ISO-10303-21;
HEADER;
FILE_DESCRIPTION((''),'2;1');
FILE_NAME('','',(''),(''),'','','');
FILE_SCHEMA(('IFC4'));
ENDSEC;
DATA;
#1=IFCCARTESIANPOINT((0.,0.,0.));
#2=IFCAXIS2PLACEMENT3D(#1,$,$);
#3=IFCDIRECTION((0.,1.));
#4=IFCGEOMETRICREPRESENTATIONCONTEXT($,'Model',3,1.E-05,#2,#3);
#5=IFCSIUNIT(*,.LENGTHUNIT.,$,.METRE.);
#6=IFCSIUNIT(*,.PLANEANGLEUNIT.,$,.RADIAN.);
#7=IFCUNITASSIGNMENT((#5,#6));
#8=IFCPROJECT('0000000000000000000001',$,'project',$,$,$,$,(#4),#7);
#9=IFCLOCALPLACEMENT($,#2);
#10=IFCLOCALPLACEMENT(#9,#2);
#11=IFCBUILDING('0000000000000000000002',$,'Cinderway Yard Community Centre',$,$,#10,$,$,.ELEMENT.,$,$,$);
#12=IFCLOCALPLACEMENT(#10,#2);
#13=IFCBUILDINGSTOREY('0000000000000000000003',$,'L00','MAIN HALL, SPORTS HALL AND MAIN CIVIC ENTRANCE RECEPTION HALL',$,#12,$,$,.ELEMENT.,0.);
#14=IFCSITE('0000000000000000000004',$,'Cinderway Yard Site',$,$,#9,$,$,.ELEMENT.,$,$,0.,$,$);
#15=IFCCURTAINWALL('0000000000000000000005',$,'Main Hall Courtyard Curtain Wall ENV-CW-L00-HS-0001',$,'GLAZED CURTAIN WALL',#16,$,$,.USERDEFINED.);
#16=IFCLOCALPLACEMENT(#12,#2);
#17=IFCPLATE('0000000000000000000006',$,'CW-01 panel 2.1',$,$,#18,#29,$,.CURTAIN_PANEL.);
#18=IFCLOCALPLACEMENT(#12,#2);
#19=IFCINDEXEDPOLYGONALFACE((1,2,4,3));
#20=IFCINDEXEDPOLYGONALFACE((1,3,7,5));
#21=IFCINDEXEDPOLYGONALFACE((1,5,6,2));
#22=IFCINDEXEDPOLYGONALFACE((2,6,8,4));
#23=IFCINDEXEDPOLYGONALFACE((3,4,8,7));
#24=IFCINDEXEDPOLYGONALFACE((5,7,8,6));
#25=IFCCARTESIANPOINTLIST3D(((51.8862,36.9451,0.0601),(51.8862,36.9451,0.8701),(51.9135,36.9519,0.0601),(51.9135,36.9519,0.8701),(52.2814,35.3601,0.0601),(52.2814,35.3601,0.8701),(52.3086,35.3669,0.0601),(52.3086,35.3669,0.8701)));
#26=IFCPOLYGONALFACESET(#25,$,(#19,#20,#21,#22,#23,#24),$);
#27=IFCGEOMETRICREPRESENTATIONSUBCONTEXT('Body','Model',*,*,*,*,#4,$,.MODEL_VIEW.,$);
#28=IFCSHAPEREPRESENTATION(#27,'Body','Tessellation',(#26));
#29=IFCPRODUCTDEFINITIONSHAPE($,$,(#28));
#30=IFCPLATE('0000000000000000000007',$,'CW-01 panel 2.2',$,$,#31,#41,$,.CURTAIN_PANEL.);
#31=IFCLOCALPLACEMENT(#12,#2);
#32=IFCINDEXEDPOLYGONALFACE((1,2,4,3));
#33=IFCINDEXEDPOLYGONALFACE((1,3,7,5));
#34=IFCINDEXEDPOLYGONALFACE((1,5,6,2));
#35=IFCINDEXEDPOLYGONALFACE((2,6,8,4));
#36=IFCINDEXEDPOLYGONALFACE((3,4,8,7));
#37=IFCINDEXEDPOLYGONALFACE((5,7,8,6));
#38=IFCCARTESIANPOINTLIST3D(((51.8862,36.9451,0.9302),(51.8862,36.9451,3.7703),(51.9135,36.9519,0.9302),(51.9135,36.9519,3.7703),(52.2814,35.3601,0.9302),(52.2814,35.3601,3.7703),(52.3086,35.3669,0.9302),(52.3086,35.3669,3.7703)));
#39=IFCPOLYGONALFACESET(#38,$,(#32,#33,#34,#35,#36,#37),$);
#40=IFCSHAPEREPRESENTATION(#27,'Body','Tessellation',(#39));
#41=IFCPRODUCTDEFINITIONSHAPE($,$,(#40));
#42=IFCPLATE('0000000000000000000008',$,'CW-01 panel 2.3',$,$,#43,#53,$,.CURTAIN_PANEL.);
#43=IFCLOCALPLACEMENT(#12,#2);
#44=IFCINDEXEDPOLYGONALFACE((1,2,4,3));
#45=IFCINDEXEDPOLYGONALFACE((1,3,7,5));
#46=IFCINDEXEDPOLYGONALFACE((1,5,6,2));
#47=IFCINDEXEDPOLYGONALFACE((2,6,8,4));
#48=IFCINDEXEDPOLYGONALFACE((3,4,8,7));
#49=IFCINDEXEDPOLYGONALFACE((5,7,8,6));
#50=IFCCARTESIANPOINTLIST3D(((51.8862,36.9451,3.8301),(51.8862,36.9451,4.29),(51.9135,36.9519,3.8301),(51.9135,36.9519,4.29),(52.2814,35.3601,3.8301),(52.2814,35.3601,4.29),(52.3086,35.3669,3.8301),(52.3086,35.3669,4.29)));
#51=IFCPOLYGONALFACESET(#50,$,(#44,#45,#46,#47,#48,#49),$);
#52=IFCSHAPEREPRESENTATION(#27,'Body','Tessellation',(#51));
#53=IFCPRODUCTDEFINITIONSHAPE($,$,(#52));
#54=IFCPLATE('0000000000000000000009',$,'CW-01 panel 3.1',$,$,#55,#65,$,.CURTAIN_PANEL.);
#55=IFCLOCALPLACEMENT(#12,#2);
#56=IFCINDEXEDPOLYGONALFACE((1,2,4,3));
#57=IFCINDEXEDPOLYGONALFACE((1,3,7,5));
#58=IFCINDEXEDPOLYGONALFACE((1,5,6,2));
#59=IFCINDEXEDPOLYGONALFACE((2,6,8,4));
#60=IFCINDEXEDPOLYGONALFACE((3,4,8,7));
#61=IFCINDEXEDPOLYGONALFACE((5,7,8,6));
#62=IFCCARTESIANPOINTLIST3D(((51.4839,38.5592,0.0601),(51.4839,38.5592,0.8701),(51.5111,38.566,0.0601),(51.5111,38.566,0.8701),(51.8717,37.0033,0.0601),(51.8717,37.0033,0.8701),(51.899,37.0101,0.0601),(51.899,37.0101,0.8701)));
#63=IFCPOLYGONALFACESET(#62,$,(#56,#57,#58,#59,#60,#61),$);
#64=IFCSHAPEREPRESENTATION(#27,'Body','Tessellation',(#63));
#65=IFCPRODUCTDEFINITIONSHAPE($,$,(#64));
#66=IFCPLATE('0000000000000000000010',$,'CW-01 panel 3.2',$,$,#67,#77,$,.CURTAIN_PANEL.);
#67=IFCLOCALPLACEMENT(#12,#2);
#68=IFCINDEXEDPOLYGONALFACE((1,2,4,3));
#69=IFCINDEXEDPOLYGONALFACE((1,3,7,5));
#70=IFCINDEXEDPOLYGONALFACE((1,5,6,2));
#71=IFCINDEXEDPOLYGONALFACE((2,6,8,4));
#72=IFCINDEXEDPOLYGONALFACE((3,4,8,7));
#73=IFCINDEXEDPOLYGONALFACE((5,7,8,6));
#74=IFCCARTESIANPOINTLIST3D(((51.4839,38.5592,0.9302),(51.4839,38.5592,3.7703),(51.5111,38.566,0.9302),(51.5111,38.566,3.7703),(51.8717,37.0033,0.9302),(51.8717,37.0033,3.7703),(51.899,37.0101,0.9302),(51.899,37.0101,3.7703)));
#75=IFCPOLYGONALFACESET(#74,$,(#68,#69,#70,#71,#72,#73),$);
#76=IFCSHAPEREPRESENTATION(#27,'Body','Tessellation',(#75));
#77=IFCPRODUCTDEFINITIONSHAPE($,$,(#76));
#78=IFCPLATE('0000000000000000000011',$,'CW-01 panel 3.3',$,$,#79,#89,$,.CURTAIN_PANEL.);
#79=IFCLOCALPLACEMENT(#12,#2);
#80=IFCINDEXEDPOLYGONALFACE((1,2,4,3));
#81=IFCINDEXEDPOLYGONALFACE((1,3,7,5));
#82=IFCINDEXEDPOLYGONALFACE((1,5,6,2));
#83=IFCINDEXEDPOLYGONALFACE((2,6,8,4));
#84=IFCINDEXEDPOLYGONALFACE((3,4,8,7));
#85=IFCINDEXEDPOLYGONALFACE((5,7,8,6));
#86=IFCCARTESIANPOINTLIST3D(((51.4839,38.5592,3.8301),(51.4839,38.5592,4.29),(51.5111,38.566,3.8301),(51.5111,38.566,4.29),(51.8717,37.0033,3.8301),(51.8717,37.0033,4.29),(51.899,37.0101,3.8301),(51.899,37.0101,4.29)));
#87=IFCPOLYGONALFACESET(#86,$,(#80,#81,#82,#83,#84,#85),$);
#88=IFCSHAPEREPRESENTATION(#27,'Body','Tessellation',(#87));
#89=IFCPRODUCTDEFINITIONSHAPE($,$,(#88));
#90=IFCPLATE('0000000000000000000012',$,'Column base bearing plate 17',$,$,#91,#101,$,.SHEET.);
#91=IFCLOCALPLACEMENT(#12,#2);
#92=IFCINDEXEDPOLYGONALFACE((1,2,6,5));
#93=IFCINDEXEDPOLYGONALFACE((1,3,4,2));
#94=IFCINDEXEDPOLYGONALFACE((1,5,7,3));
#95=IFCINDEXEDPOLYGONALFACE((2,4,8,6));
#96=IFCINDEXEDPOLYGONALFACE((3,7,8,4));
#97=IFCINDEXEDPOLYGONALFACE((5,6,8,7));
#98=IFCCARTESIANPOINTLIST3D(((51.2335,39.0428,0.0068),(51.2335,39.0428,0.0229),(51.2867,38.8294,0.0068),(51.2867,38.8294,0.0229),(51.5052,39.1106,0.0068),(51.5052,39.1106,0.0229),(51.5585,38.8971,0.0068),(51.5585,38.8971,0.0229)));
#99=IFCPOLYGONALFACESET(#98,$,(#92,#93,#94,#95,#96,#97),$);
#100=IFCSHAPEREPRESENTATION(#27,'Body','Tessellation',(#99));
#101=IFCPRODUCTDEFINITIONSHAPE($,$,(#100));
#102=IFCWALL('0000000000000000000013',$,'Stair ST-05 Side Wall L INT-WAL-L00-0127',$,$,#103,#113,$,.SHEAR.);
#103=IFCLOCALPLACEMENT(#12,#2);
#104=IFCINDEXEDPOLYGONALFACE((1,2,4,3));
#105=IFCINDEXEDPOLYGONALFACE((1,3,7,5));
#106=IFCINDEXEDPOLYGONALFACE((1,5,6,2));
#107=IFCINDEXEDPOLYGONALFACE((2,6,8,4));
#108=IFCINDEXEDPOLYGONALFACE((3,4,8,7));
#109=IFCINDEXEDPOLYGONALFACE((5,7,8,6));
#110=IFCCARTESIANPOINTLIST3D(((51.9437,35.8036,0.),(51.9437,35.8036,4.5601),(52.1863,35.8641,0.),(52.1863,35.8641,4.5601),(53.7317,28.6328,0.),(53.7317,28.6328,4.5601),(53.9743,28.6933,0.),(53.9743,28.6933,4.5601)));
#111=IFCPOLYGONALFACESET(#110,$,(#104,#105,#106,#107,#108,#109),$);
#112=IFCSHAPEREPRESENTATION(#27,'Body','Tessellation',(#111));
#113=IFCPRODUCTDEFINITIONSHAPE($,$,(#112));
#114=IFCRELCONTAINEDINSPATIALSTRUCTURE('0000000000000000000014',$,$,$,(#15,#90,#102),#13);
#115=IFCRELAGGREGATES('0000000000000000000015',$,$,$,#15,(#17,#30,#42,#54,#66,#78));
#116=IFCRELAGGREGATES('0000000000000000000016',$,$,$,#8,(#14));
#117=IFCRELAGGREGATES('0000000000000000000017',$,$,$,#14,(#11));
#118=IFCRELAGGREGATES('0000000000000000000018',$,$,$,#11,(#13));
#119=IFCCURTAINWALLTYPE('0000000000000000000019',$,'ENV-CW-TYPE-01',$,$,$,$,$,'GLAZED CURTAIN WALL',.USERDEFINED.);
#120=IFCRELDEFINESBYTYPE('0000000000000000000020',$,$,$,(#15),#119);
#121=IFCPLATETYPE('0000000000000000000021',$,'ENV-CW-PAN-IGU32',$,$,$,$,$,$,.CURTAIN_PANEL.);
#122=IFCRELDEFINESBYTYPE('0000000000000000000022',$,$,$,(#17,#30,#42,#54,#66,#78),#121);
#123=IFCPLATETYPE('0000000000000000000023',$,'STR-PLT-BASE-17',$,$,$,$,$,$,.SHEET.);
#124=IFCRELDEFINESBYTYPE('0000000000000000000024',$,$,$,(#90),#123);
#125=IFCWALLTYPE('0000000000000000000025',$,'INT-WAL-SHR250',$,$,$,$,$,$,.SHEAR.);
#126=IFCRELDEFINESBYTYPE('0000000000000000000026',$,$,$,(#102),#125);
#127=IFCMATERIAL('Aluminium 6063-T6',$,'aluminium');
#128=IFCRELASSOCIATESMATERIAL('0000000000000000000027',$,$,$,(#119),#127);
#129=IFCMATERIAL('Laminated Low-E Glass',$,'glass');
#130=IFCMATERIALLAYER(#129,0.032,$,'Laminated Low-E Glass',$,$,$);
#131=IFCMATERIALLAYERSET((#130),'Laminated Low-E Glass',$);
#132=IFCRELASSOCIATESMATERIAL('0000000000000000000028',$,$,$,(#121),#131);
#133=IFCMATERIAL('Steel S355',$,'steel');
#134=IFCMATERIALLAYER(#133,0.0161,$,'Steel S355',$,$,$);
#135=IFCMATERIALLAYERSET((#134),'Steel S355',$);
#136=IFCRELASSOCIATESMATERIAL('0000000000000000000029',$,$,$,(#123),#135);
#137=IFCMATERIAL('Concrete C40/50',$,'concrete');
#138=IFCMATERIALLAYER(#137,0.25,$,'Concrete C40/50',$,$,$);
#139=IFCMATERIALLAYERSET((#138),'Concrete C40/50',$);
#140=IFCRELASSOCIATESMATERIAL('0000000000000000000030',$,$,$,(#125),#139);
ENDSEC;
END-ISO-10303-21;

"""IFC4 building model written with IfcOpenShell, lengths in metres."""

from ifc_helpers import new_model, si_unit, direction, frame, frame_2d, origin, origin_2d, place, context, subcontext, project, spatial, rectangle, extrude, material, layer, layer_set, type_object, element, aggregate, save


model = new_model("IFC4")

# Units and contexts
model_context = context("Model", 3, precision=1e-05, world=origin(), true_north=direction((0.0, 1.0)))
body_context = subcontext(model_context, "Body", "Model", "MODEL_VIEW")
ifc_project = project(units=[si_unit("LENGTHUNIT", "METRE"), si_unit("PLANEANGLEUNIT", "RADIAN")], contexts=[model_context])

# Site, building, storey
site_placement = place(None, origin())
site = spatial("IfcSite", under=ifc_project, at=site_placement, Name="Cinderway Yard Site", CompositionType="ELEMENT", RefElevation=0.0)
building_placement = place(site_placement, origin())
building = spatial("IfcBuilding", under=site, at=building_placement, Name="Cinderway Yard Community Centre", CompositionType="ELEMENT")
storey_placement = place(building_placement, origin())
storey = spatial("IfcBuildingStorey", under=building, at=storey_placement, Name="L00", Description="MAIN HALL, SPORTS HALL AND MAIN CIVIC ENTRANCE RECEPTION HALL", CompositionType="ELEMENT", Elevation=0.0)

# Shared definitions
ifc_material_1 = material(Name="Concrete C40/50", Category="concrete")

# Curtain wall
ifc_material_2 = material(Name="Aluminium 6063-T6", Category="aluminium")
curtain_wall_type = type_object("IfcCurtainWallType", Name="ENV-CW-TYPE-01", ElementType="GLAZED CURTAIN WALL", PredefinedType="USERDEFINED", material=ifc_material_2)
curtain_wall_1_placement = place(storey_placement, origin())
curtain_wall_1 = element("IfcCurtainWall", 1, at=curtain_wall_1_placement, inside=storey, type_object=curtain_wall_type, Name="Main Hall Courtyard Curtain Wall ENV-CW-L00-HS-0001", ObjectType="GLAZED CURTAIN WALL", PredefinedType="USERDEFINED")

# Plates
ifc_material_3 = material(Name="Laminated Low-E Glass", Category="glass")
ifc_layer_1 = layer(ifc_material_3, 0.032, Name="Laminated Low-E Glass")
ifc_layer_set_1 = layer_set([ifc_layer_1], Name="Laminated Low-E Glass")
plate_type_1 = type_object("IfcPlateType", Name="ENV-CW-PAN-IGU32", PredefinedType="CURTAIN_PANEL", material=ifc_layer_set_1)
plate_1_placement = place(storey_placement, frame((52.0974, 36.156, 0.0601), z_axis=(0.0, 0.0, 1.0), x_axis=(-0.241887, 0.970304, 0.0)))
plate_1 = element("IfcPlate", 2, at=plate_1_placement, type_object=plate_type_1, Name="CW-01 panel 2.1", PredefinedType="CURTAIN_PANEL", context=body_context, shape_type="SweptSolid", body=[
    extrude(rectangle(XDim=1.6335, YDim=0.0281, at=origin_2d()), origin(), (0.0, 0.0, 1.0), 0.8101),
])
plate_2_placement = place(storey_placement, frame((52.0974, 36.156, 0.9302), z_axis=(0.0, 0.0, 1.0), x_axis=(-0.241887, 0.970304, 0.0)))
plate_2 = element("IfcPlate", 3, at=plate_2_placement, type_object=plate_type_1, Name="CW-01 panel 2.2", PredefinedType="CURTAIN_PANEL", context=body_context, shape_type="SweptSolid", body=[
    extrude(rectangle(XDim=1.6335, YDim=0.0281, at=origin_2d()), origin(), (0.0, 0.0, 1.0), 2.8401),
])
plate_3_placement = place(storey_placement, frame((52.0974, 36.156, 3.8301), z_axis=(0.0, 0.0, 1.0), x_axis=(-0.241887, 0.970304, 0.0)))
plate_3 = element("IfcPlate", 4, at=plate_3_placement, type_object=plate_type_1, Name="CW-01 panel 2.3", PredefinedType="CURTAIN_PANEL", context=body_context, shape_type="SweptSolid", body=[
    extrude(rectangle(XDim=1.6335, YDim=0.0281, at=origin_2d()), origin(), (0.0, 0.0, 1.0), 0.46),
])
plate_4_placement = place(storey_placement, frame((51.6914, 37.7847, 0.0601), z_axis=(0.0, 0.0, 1.0), x_axis=(-0.241887, 0.970304, 0.0)))
plate_4 = element("IfcPlate", 5, at=plate_4_placement, type_object=plate_type_1, Name="CW-01 panel 3.1", PredefinedType="CURTAIN_PANEL", context=body_context, shape_type="SweptSolid", body=[
    extrude(rectangle(XDim=1.6035, YDim=0.0281, at=origin_2d()), origin(), (0.0, 0.0, 1.0), 0.8101),
])
plate_5_placement = place(storey_placement, frame((51.6914, 37.7847, 0.9302), z_axis=(0.0, 0.0, 1.0), x_axis=(-0.241887, 0.970304, 0.0)))
plate_5 = element("IfcPlate", 6, at=plate_5_placement, type_object=plate_type_1, Name="CW-01 panel 3.2", PredefinedType="CURTAIN_PANEL", context=body_context, shape_type="SweptSolid", body=[
    extrude(rectangle(XDim=1.6035, YDim=0.0281, at=origin_2d()), origin(), (0.0, 0.0, 1.0), 2.8401),
])
plate_6_placement = place(storey_placement, frame((51.6914, 37.7847, 3.8301), z_axis=(0.0, 0.0, 1.0), x_axis=(-0.241887, 0.970304, 0.0)))
plate_6 = element("IfcPlate", 7, at=plate_6_placement, type_object=plate_type_1, Name="CW-01 panel 3.3", PredefinedType="CURTAIN_PANEL", context=body_context, shape_type="SweptSolid", body=[
    extrude(rectangle(XDim=1.6035, YDim=0.0281, at=origin_2d()), origin(), (0.0, 0.0, 1.0), 0.46),
])
aggregate(curtain_wall_1, [plate_1, plate_2, plate_3, plate_4, plate_5, plate_6])
ifc_material_4 = material(Name="Steel S355", Category="steel")
ifc_layer_2 = layer(ifc_material_4, 0.0161, Name="Steel S355")
ifc_layer_set_2 = layer_set([ifc_layer_2], Name="Steel S355")
plate_type_2 = type_object("IfcPlateType", Name="STR-PLT-BASE-17", PredefinedType="SHEET", material=ifc_layer_set_2)
plate_7_placement = place(storey_placement, frame((51.396, 38.97, 0.0068), z_axis=(0.0, 0.0, 1.0), x_axis=(0.970296, 0.241922, 0.0)))
element("IfcPlate", 8, at=plate_7_placement, inside=storey, type_object=plate_type_2, Name="Column base bearing plate 17", PredefinedType="SHEET", context=body_context, shape_type="SweptSolid", body=[
    extrude(rectangle(XDim=0.28, YDim=0.22, at=origin_2d()), origin(), (0.0, 0.0, 1.0), 0.0161),
])

# Wall
ifc_layer_3 = layer(ifc_material_1, 0.25, Name="Concrete C40/50")
ifc_layer_set_3 = layer_set([ifc_layer_3], Name="Concrete C40/50")
wall_type = type_object("IfcWallType", Name="INT-WAL-SHR250", PredefinedType="SHEAR", material=ifc_layer_set_3)
wall_placement = place(storey_placement, frame((52.0649, 35.834, 0.0), z_axis=(0.0, 0.0, 1.0), x_axis=(0.241945, -0.97029, 0.0)))
element("IfcWall", 9, at=wall_placement, inside=storey, type_object=wall_type, Name="Stair ST-05 Side Wall L INT-WAL-L00-0127", PredefinedType="SHEAR", context=body_context, shape_type="SweptSolid", body=[
    extrude(rectangle(XDim=7.3904, YDim=0.25, at=frame_2d((3.6953, 0.0))), origin(), (0.0, 0.0, 1.0), 4.5601),
])

save(model, "model.ifc")
